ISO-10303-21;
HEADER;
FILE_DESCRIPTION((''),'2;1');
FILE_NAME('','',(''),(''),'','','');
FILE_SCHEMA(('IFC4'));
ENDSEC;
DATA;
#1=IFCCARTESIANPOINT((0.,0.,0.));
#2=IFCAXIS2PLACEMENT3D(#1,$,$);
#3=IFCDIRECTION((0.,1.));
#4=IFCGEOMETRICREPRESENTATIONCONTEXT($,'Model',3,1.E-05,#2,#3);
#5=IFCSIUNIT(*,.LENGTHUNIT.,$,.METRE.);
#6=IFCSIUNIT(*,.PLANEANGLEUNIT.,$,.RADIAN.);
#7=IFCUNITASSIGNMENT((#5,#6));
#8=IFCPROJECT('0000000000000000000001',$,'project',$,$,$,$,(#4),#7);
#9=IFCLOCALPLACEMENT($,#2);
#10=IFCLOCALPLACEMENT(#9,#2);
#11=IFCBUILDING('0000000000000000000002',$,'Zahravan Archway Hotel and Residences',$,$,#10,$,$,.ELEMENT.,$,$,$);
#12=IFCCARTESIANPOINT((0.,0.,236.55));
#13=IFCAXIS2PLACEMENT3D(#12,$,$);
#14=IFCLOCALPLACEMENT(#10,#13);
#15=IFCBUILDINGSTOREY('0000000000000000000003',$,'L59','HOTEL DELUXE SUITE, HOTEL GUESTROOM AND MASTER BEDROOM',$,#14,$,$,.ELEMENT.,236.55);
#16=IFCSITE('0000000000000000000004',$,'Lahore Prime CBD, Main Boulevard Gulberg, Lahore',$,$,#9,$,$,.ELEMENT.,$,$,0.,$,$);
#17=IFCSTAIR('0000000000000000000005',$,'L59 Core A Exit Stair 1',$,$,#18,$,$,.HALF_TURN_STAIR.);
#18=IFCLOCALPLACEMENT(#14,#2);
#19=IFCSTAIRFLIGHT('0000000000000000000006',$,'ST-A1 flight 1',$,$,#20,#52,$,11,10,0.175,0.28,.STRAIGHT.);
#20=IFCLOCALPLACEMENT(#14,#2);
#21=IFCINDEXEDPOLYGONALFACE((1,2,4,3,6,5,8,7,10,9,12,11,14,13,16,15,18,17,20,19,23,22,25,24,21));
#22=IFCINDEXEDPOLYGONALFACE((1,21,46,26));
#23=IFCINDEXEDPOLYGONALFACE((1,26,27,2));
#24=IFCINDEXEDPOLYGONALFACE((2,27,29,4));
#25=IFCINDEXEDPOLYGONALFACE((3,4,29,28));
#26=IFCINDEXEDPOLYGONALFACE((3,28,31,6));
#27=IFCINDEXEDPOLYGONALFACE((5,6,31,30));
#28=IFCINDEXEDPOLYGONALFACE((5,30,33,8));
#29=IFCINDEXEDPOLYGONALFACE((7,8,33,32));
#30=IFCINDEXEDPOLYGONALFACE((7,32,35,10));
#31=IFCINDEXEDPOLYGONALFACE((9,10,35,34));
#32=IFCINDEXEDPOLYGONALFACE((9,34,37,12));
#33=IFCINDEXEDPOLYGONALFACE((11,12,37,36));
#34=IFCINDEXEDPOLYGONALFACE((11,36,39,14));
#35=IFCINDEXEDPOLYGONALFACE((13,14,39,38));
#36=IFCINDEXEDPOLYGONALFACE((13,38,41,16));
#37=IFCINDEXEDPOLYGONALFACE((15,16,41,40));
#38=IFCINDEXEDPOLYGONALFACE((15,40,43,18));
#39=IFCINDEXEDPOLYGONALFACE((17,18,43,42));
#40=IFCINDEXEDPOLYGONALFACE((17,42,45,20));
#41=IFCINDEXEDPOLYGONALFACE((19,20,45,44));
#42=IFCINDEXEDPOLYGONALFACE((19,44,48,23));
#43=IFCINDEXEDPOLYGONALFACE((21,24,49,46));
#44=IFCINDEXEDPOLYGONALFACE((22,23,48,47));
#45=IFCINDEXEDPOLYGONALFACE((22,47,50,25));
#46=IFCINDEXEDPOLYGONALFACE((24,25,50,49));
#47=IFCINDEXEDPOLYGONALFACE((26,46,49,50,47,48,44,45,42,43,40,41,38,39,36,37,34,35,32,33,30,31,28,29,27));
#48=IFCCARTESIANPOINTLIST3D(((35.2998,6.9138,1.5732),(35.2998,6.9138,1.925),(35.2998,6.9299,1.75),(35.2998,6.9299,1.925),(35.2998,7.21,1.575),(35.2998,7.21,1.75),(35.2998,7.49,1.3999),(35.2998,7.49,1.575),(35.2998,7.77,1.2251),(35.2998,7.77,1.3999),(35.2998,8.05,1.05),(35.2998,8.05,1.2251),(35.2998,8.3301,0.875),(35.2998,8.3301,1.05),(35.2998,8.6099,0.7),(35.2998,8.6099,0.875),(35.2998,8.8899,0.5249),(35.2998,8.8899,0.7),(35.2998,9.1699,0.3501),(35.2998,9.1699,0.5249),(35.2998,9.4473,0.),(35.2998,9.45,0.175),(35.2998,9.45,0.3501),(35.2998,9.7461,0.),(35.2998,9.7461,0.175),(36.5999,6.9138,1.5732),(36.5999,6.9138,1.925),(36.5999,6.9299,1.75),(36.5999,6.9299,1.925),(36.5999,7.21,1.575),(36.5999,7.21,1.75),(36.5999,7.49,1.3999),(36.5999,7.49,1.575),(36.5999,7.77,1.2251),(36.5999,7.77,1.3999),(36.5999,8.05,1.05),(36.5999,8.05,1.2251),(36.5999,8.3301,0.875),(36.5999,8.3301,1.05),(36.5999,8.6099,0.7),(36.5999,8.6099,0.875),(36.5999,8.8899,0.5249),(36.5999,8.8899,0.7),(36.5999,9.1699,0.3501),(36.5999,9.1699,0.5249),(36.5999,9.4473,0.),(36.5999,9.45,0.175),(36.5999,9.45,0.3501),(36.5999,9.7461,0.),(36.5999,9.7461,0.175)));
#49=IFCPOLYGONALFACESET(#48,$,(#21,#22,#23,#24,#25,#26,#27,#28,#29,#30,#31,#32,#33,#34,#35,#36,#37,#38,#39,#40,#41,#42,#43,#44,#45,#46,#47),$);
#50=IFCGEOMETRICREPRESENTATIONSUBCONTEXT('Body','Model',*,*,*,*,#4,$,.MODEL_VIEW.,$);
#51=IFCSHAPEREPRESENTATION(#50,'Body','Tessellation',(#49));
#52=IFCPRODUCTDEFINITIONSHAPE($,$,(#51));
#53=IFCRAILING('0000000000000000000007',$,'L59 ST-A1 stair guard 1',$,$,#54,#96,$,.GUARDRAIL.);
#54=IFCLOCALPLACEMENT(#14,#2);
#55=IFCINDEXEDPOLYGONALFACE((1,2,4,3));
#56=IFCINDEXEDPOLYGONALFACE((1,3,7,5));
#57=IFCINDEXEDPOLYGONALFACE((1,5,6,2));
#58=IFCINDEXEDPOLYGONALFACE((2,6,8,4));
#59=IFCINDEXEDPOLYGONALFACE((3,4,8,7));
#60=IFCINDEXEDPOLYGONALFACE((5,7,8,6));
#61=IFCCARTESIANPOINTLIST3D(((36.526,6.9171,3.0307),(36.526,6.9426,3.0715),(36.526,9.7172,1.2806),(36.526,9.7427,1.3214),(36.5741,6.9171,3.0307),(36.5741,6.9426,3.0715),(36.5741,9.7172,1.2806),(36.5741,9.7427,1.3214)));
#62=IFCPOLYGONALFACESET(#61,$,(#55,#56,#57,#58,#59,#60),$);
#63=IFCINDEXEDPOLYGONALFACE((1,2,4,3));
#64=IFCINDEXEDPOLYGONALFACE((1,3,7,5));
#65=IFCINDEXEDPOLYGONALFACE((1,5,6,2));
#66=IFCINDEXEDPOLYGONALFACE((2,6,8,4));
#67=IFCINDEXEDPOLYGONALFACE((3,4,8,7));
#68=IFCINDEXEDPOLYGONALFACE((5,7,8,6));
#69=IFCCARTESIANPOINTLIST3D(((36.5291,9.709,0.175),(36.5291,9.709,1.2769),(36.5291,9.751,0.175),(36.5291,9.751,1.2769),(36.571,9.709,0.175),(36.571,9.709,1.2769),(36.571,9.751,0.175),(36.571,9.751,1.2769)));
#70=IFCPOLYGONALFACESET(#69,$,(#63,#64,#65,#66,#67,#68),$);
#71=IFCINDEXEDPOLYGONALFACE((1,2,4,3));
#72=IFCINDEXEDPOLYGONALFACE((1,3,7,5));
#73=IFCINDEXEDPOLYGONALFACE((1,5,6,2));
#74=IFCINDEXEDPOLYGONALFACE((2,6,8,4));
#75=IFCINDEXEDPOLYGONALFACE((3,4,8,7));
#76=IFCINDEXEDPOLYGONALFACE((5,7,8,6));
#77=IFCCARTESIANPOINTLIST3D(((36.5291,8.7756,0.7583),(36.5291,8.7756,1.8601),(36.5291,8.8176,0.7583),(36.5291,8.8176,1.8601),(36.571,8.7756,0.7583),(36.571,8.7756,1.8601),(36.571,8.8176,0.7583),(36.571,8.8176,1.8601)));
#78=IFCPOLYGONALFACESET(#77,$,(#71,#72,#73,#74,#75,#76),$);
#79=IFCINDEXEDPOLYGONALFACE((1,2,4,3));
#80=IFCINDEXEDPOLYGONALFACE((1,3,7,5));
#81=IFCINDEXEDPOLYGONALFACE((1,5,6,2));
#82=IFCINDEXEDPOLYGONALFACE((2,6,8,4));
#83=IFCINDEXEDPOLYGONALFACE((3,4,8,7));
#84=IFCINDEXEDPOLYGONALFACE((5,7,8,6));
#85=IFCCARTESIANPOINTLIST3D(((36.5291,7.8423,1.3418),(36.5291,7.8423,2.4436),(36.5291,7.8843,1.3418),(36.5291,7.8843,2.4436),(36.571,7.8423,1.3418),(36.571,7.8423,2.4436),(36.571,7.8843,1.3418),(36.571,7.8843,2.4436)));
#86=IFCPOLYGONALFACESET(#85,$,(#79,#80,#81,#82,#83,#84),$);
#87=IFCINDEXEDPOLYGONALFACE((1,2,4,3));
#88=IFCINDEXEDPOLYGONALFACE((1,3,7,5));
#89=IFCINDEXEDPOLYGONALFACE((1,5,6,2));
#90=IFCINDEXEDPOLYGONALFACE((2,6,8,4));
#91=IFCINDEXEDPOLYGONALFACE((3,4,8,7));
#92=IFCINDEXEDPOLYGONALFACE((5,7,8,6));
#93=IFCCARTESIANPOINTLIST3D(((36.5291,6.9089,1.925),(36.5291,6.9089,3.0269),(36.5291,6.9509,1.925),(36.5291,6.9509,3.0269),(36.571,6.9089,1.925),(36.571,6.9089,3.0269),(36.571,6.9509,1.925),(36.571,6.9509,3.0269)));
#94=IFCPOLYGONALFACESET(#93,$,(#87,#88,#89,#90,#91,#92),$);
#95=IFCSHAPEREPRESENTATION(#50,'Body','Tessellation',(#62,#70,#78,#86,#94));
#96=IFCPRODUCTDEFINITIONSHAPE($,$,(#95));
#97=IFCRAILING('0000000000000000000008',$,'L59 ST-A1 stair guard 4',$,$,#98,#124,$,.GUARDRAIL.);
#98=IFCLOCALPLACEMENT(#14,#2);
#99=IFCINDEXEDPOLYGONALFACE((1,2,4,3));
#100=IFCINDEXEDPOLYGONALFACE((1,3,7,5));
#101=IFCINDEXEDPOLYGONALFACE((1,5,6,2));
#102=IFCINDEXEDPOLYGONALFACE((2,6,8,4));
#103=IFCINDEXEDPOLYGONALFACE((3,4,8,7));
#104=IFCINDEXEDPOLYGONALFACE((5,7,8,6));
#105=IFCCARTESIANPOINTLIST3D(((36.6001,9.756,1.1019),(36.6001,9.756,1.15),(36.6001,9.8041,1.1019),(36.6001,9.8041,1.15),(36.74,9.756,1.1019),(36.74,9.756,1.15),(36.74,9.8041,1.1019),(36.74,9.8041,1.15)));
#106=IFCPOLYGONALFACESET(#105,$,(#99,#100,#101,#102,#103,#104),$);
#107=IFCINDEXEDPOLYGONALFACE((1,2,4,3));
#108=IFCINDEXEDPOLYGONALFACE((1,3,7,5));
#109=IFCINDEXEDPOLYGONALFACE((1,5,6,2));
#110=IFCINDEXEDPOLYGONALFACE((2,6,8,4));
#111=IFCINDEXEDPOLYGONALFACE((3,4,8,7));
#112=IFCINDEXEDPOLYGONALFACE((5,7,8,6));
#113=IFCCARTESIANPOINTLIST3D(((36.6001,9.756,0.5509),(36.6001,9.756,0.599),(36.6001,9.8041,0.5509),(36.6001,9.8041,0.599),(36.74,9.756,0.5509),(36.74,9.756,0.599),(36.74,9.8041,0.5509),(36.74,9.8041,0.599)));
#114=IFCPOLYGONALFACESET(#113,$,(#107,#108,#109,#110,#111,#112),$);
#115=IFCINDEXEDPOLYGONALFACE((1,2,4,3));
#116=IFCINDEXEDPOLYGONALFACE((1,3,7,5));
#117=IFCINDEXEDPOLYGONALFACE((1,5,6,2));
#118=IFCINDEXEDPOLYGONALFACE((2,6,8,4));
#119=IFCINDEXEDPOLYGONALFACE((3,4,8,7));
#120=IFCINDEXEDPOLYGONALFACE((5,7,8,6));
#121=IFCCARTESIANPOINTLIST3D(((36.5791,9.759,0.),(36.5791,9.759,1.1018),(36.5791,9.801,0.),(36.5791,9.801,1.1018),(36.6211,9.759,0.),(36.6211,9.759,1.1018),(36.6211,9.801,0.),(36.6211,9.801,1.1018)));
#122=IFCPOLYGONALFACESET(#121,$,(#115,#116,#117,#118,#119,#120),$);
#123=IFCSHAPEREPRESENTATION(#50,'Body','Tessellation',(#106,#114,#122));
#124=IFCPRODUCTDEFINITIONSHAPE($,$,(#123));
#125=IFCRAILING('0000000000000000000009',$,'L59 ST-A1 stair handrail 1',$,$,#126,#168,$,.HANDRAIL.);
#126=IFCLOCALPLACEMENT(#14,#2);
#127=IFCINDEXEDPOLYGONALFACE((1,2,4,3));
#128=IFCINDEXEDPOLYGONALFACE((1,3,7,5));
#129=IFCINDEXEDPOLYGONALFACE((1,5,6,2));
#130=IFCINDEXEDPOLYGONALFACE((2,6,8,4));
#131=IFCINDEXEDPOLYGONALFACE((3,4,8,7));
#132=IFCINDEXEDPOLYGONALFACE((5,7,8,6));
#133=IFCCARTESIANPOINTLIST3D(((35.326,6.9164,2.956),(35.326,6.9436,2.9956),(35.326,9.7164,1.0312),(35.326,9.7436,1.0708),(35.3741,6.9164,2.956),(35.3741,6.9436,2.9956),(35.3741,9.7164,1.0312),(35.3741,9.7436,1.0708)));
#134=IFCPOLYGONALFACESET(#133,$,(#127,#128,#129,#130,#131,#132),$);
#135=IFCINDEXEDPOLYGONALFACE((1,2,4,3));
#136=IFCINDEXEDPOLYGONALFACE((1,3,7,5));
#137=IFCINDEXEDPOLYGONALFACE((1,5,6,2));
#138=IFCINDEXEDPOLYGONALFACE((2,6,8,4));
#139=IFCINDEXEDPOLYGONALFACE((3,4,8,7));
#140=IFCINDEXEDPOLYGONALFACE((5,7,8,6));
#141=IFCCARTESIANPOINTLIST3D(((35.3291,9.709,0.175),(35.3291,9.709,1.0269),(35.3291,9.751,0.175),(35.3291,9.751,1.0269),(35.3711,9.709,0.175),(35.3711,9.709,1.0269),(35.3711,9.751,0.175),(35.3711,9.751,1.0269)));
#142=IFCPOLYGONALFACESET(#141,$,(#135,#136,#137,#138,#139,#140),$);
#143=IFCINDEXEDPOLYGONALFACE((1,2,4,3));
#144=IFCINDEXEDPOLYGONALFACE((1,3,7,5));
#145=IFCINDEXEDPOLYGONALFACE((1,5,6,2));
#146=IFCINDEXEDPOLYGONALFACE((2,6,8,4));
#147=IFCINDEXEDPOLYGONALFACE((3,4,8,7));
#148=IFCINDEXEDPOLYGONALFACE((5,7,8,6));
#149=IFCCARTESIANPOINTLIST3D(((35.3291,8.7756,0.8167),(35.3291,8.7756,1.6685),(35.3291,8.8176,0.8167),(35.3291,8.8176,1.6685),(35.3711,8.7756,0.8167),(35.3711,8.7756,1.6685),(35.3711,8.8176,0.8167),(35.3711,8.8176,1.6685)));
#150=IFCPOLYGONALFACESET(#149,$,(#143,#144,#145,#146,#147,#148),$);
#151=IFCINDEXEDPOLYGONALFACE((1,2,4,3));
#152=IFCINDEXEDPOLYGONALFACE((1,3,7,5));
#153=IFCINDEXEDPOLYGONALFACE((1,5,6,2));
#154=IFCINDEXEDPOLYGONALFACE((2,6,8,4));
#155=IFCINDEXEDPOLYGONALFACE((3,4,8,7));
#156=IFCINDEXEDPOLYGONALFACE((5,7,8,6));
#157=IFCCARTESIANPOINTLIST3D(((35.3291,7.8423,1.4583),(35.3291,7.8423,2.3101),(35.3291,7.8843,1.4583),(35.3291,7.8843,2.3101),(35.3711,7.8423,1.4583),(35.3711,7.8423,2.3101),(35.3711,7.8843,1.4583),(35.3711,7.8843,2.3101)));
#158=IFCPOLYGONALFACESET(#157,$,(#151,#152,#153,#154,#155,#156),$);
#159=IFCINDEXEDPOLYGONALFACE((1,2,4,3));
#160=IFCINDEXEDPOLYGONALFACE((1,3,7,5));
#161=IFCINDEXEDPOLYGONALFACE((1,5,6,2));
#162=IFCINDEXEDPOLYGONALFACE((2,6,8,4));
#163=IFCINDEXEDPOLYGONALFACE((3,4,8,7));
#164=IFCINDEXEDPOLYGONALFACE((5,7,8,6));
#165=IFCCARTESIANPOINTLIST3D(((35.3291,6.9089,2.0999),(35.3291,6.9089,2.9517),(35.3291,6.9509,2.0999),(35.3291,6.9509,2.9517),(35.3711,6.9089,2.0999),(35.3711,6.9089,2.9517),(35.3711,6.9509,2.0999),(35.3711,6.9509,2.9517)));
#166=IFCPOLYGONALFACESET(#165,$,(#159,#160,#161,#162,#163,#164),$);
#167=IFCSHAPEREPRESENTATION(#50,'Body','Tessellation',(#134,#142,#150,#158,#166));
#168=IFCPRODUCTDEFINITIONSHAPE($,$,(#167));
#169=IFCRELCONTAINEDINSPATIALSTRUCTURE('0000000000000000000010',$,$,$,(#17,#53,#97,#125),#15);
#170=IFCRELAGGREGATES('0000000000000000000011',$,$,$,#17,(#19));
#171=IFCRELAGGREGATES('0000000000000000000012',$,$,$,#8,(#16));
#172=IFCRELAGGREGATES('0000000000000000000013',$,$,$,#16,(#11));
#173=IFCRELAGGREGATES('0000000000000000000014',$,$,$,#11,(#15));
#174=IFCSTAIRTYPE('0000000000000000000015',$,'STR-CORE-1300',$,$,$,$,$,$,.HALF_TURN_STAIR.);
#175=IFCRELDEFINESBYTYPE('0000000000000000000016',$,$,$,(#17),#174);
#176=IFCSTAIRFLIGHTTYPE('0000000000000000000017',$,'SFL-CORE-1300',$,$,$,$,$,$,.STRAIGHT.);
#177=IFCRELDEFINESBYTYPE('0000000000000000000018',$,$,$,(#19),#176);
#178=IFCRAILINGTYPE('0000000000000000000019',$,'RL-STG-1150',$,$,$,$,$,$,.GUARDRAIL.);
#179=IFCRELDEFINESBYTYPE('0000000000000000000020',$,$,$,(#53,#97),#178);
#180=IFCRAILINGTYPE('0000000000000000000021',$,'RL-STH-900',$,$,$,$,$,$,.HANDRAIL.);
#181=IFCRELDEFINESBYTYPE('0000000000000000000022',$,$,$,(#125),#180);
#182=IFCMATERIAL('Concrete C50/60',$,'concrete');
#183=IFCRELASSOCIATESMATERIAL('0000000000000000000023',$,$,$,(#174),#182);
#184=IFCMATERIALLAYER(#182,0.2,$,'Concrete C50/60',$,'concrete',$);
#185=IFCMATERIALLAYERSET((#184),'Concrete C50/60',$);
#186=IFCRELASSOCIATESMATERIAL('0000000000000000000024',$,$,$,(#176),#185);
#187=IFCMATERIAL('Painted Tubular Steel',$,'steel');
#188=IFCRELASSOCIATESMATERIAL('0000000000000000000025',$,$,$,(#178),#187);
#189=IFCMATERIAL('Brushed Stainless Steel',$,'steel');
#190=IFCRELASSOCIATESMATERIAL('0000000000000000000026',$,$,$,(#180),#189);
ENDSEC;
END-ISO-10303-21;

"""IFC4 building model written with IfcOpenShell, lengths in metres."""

from ifc_helpers import new_model, si_unit, direction, frame, origin, origin_2d, place, context, subcontext, project, spatial, polyline, rectangle, outline, extrude, source, transform, mapped, material, layer, layer_set, type_object, element, aggregate, save


model = new_model("IFC4")

# Units and contexts
model_context = context("Model", 3, precision=1e-05, world=origin(), true_north=direction((0.0, 1.0)))
body_context = subcontext(model_context, "Body", "Model", "MODEL_VIEW")
ifc_project = project(units=[si_unit("LENGTHUNIT", "METRE"), si_unit("PLANEANGLEUNIT", "RADIAN")], contexts=[model_context])

# Site, building, storey
site_placement = place(None, origin())
site = spatial("IfcSite", under=ifc_project, at=site_placement, Name="Lahore Prime CBD, Main Boulevard Gulberg, Lahore", CompositionType="ELEMENT", RefElevation=0.0)
building_placement = place(site_placement, origin())
building = spatial("IfcBuilding", under=site, at=building_placement, Name="Zahravan Archway Hotel and Residences", CompositionType="ELEMENT")
storey_placement = place(building_placement, frame((0.0, 0.0, 236.55)))
storey = spatial("IfcBuildingStorey", under=building, at=storey_placement, Name="L59", Description="HOTEL DELUXE SUITE, HOTEL GUESTROOM AND MASTER BEDROOM", CompositionType="ELEMENT", Elevation=236.55)

# Shared definitions
ifc_material_1 = material(Name="Concrete C50/60", Category="concrete")

# Shared definitions
ifc_material_2 = material(Name="Brushed Stainless Steel", Category="steel")

# Stair, stair flight
stair_type = type_object("IfcStairType", Name="STR-CORE-1300", PredefinedType="HALF_TURN_STAIR", material=ifc_material_1)
stair_placement = place(storey_placement, origin())
stair = element("IfcStair", 1, at=stair_placement, inside=storey, type_object=stair_type, Name="L59 Core A Exit Stair 1", PredefinedType="HALF_TURN_STAIR")
ifc_layer_1 = layer(ifc_material_1, 0.2, Name="Concrete C50/60", Category="concrete")
ifc_layer_set_1 = layer_set([ifc_layer_1], Name="Concrete C50/60")
stair_flight_type = type_object("IfcStairFlightType", Name="SFL-CORE-1300", PredefinedType="STRAIGHT", material=ifc_layer_set_1)
shared_shape_1 = source(origin(), body_context, "Body", "SweptSolid", [
    extrude(outline(polyline([(-0.0161, 0.0), (-0.0161, 0.175), (0.28, 0.175), (0.28, 0.3501), (0.5601, 0.3501), (0.5601, 0.5249), (0.8401, 0.5249), (0.8401, 0.7), (1.1201, 0.7), (1.1201, 0.875), (1.3999, 0.875), (1.3999, 1.05), (1.6799, 1.05), (1.6799, 1.2251), (1.96, 1.2251), (1.96, 1.3999), (2.24, 1.3999), (2.24, 1.575), (2.52, 1.575), (2.52, 1.75), (2.8, 1.75), (2.8, 1.925), (2.8162, 1.925), (2.8162, 1.5732), (0.2827, 0.0), (-0.0161, 0.0)])), frame((0.0, 0.6499, 0.0), z_axis=(0.0, -1.0, 0.0), x_axis=(1.0, 0.0, 0.0)), (0.0, 0.0, 1.0), 1.3),
])
stair_flight_placement = place(storey_placement, frame((35.95, 9.73, 0.0), z_axis=(0.0, 0.0, 1.0), x_axis=(0.0, -1.0, 0.0)))
stair_flight = element("IfcStairFlight", 2, at=stair_flight_placement, type_object=stair_flight_type, Name="ST-A1 flight 1", NumberOfRisers=11, NumberOfTreads=10, PredefinedType="STRAIGHT", RiserHeight=0.175, TreadLength=0.28, context=body_context, shape_type="MappedRepresentation", body=[
    mapped(shared_shape_1, transform((0.0, 0.0, 0.0), scale=1.0)),
])
aggregate(stair, [stair_flight])

# Railings
ifc_material_3 = material(Name="Painted Tubular Steel", Category="steel")
railing_type_1 = type_object("IfcRailingType", Name="RL-STG-1150", PredefinedType="GUARDRAIL", material=ifc_material_3)
railing_1_placement = place(storey_placement, frame((36.55, 9.73, 0.175)))
element("IfcRailing", 3, at=railing_1_placement, inside=storey, type_object=railing_type_1, Name="L59 ST-A1 stair guard 1", PredefinedType="GUARDRAIL", context=body_context, shape_type="SweptSolid", body=[
    extrude(rectangle(XDim=0.0481, YDim=0.0481, at=origin_2d()), frame((0.0, 0.0, 1.126), z_axis=(0.0, -0.848002, 0.529992), x_axis=(1.0, 0.0, 0.0)), (0.0, 0.0, 1.0), 3.302),
    extrude(rectangle(XDim=0.042, YDim=0.042, at=origin_2d()), origin(), (0.0, 0.0, 1.0), 1.1018),
    extrude(rectangle(XDim=0.042, YDim=0.042, at=origin_2d()), frame((0.0, -0.9333, 0.5833)), (0.0, 0.0, 1.0), 1.1018),
    extrude(rectangle(XDim=0.042, YDim=0.042, at=origin_2d()), frame((0.0, -1.8667, 1.1667)), (0.0, 0.0, 1.0), 1.1018),
    extrude(rectangle(XDim=0.042, YDim=0.042, at=origin_2d()), frame((0.0, -2.8, 1.75)), (0.0, 0.0, 1.0), 1.1018),
])
railing_2_placement = place(storey_placement, frame((36.6001, 9.78, 0.0)))
element("IfcRailing", 4, at=railing_2_placement, inside=storey, type_object=railing_type_1, Name="L59 ST-A1 stair guard 4", PredefinedType="GUARDRAIL", context=body_context, shape_type="SweptSolid", body=[
    extrude(rectangle(XDim=0.0481, YDim=0.0481, at=origin_2d()), frame((0.0, 0.0, 1.126), z_axis=(1.0, 0.0, 0.0), x_axis=(0.0, 1.0, 0.0)), (0.0, 0.0, 1.0), 0.1399),
    extrude(rectangle(XDim=0.0481, YDim=0.0481, at=origin_2d()), frame((0.0, 0.0, 0.575), z_axis=(1.0, 0.0, 0.0), x_axis=(0.0, 1.0, 0.0)), (0.0, 0.0, 1.0), 0.1399),
    extrude(rectangle(XDim=0.042, YDim=0.042, at=origin_2d()), origin(), (0.0, 0.0, 1.0), 1.1018),
])
railing_type_2 = type_object("IfcRailingType", Name="RL-STH-900", PredefinedType="HANDRAIL", material=ifc_material_2)
railing_3_placement = place(storey_placement, frame((35.3501, 9.73, 0.175)))
element("IfcRailing", 5, at=railing_3_placement, inside=storey, type_object=railing_type_2, Name="L59 ST-A1 stair handrail 1", PredefinedType="HANDRAIL", context=body_context, shape_type="SweptSolid", body=[
    extrude(rectangle(XDim=0.0481, YDim=0.0481, at=origin_2d()), frame((0.0, 0.0, 0.876), z_axis=(0.0, -0.824073, 0.566483), x_axis=(1.0, 0.0, 0.0)), (0.0, 0.0, 1.0), 3.3977),
    extrude(rectangle(XDim=0.042, YDim=0.042, at=origin_2d()), origin(), (0.0, 0.0, 1.0), 0.8518),
    extrude(rectangle(XDim=0.042, YDim=0.042, at=origin_2d()), frame((0.0, -0.9333, 0.6416)), (0.0, 0.0, 1.0), 0.8518),
    extrude(rectangle(XDim=0.042, YDim=0.042, at=origin_2d()), frame((0.0, -1.8667, 1.2832)), (0.0, 0.0, 1.0), 0.8518),
    extrude(rectangle(XDim=0.042, YDim=0.042, at=origin_2d()), frame((0.0, -2.8, 1.9248)), (0.0, 0.0, 1.0), 0.8518),
])

save(model, "model.ifc")
